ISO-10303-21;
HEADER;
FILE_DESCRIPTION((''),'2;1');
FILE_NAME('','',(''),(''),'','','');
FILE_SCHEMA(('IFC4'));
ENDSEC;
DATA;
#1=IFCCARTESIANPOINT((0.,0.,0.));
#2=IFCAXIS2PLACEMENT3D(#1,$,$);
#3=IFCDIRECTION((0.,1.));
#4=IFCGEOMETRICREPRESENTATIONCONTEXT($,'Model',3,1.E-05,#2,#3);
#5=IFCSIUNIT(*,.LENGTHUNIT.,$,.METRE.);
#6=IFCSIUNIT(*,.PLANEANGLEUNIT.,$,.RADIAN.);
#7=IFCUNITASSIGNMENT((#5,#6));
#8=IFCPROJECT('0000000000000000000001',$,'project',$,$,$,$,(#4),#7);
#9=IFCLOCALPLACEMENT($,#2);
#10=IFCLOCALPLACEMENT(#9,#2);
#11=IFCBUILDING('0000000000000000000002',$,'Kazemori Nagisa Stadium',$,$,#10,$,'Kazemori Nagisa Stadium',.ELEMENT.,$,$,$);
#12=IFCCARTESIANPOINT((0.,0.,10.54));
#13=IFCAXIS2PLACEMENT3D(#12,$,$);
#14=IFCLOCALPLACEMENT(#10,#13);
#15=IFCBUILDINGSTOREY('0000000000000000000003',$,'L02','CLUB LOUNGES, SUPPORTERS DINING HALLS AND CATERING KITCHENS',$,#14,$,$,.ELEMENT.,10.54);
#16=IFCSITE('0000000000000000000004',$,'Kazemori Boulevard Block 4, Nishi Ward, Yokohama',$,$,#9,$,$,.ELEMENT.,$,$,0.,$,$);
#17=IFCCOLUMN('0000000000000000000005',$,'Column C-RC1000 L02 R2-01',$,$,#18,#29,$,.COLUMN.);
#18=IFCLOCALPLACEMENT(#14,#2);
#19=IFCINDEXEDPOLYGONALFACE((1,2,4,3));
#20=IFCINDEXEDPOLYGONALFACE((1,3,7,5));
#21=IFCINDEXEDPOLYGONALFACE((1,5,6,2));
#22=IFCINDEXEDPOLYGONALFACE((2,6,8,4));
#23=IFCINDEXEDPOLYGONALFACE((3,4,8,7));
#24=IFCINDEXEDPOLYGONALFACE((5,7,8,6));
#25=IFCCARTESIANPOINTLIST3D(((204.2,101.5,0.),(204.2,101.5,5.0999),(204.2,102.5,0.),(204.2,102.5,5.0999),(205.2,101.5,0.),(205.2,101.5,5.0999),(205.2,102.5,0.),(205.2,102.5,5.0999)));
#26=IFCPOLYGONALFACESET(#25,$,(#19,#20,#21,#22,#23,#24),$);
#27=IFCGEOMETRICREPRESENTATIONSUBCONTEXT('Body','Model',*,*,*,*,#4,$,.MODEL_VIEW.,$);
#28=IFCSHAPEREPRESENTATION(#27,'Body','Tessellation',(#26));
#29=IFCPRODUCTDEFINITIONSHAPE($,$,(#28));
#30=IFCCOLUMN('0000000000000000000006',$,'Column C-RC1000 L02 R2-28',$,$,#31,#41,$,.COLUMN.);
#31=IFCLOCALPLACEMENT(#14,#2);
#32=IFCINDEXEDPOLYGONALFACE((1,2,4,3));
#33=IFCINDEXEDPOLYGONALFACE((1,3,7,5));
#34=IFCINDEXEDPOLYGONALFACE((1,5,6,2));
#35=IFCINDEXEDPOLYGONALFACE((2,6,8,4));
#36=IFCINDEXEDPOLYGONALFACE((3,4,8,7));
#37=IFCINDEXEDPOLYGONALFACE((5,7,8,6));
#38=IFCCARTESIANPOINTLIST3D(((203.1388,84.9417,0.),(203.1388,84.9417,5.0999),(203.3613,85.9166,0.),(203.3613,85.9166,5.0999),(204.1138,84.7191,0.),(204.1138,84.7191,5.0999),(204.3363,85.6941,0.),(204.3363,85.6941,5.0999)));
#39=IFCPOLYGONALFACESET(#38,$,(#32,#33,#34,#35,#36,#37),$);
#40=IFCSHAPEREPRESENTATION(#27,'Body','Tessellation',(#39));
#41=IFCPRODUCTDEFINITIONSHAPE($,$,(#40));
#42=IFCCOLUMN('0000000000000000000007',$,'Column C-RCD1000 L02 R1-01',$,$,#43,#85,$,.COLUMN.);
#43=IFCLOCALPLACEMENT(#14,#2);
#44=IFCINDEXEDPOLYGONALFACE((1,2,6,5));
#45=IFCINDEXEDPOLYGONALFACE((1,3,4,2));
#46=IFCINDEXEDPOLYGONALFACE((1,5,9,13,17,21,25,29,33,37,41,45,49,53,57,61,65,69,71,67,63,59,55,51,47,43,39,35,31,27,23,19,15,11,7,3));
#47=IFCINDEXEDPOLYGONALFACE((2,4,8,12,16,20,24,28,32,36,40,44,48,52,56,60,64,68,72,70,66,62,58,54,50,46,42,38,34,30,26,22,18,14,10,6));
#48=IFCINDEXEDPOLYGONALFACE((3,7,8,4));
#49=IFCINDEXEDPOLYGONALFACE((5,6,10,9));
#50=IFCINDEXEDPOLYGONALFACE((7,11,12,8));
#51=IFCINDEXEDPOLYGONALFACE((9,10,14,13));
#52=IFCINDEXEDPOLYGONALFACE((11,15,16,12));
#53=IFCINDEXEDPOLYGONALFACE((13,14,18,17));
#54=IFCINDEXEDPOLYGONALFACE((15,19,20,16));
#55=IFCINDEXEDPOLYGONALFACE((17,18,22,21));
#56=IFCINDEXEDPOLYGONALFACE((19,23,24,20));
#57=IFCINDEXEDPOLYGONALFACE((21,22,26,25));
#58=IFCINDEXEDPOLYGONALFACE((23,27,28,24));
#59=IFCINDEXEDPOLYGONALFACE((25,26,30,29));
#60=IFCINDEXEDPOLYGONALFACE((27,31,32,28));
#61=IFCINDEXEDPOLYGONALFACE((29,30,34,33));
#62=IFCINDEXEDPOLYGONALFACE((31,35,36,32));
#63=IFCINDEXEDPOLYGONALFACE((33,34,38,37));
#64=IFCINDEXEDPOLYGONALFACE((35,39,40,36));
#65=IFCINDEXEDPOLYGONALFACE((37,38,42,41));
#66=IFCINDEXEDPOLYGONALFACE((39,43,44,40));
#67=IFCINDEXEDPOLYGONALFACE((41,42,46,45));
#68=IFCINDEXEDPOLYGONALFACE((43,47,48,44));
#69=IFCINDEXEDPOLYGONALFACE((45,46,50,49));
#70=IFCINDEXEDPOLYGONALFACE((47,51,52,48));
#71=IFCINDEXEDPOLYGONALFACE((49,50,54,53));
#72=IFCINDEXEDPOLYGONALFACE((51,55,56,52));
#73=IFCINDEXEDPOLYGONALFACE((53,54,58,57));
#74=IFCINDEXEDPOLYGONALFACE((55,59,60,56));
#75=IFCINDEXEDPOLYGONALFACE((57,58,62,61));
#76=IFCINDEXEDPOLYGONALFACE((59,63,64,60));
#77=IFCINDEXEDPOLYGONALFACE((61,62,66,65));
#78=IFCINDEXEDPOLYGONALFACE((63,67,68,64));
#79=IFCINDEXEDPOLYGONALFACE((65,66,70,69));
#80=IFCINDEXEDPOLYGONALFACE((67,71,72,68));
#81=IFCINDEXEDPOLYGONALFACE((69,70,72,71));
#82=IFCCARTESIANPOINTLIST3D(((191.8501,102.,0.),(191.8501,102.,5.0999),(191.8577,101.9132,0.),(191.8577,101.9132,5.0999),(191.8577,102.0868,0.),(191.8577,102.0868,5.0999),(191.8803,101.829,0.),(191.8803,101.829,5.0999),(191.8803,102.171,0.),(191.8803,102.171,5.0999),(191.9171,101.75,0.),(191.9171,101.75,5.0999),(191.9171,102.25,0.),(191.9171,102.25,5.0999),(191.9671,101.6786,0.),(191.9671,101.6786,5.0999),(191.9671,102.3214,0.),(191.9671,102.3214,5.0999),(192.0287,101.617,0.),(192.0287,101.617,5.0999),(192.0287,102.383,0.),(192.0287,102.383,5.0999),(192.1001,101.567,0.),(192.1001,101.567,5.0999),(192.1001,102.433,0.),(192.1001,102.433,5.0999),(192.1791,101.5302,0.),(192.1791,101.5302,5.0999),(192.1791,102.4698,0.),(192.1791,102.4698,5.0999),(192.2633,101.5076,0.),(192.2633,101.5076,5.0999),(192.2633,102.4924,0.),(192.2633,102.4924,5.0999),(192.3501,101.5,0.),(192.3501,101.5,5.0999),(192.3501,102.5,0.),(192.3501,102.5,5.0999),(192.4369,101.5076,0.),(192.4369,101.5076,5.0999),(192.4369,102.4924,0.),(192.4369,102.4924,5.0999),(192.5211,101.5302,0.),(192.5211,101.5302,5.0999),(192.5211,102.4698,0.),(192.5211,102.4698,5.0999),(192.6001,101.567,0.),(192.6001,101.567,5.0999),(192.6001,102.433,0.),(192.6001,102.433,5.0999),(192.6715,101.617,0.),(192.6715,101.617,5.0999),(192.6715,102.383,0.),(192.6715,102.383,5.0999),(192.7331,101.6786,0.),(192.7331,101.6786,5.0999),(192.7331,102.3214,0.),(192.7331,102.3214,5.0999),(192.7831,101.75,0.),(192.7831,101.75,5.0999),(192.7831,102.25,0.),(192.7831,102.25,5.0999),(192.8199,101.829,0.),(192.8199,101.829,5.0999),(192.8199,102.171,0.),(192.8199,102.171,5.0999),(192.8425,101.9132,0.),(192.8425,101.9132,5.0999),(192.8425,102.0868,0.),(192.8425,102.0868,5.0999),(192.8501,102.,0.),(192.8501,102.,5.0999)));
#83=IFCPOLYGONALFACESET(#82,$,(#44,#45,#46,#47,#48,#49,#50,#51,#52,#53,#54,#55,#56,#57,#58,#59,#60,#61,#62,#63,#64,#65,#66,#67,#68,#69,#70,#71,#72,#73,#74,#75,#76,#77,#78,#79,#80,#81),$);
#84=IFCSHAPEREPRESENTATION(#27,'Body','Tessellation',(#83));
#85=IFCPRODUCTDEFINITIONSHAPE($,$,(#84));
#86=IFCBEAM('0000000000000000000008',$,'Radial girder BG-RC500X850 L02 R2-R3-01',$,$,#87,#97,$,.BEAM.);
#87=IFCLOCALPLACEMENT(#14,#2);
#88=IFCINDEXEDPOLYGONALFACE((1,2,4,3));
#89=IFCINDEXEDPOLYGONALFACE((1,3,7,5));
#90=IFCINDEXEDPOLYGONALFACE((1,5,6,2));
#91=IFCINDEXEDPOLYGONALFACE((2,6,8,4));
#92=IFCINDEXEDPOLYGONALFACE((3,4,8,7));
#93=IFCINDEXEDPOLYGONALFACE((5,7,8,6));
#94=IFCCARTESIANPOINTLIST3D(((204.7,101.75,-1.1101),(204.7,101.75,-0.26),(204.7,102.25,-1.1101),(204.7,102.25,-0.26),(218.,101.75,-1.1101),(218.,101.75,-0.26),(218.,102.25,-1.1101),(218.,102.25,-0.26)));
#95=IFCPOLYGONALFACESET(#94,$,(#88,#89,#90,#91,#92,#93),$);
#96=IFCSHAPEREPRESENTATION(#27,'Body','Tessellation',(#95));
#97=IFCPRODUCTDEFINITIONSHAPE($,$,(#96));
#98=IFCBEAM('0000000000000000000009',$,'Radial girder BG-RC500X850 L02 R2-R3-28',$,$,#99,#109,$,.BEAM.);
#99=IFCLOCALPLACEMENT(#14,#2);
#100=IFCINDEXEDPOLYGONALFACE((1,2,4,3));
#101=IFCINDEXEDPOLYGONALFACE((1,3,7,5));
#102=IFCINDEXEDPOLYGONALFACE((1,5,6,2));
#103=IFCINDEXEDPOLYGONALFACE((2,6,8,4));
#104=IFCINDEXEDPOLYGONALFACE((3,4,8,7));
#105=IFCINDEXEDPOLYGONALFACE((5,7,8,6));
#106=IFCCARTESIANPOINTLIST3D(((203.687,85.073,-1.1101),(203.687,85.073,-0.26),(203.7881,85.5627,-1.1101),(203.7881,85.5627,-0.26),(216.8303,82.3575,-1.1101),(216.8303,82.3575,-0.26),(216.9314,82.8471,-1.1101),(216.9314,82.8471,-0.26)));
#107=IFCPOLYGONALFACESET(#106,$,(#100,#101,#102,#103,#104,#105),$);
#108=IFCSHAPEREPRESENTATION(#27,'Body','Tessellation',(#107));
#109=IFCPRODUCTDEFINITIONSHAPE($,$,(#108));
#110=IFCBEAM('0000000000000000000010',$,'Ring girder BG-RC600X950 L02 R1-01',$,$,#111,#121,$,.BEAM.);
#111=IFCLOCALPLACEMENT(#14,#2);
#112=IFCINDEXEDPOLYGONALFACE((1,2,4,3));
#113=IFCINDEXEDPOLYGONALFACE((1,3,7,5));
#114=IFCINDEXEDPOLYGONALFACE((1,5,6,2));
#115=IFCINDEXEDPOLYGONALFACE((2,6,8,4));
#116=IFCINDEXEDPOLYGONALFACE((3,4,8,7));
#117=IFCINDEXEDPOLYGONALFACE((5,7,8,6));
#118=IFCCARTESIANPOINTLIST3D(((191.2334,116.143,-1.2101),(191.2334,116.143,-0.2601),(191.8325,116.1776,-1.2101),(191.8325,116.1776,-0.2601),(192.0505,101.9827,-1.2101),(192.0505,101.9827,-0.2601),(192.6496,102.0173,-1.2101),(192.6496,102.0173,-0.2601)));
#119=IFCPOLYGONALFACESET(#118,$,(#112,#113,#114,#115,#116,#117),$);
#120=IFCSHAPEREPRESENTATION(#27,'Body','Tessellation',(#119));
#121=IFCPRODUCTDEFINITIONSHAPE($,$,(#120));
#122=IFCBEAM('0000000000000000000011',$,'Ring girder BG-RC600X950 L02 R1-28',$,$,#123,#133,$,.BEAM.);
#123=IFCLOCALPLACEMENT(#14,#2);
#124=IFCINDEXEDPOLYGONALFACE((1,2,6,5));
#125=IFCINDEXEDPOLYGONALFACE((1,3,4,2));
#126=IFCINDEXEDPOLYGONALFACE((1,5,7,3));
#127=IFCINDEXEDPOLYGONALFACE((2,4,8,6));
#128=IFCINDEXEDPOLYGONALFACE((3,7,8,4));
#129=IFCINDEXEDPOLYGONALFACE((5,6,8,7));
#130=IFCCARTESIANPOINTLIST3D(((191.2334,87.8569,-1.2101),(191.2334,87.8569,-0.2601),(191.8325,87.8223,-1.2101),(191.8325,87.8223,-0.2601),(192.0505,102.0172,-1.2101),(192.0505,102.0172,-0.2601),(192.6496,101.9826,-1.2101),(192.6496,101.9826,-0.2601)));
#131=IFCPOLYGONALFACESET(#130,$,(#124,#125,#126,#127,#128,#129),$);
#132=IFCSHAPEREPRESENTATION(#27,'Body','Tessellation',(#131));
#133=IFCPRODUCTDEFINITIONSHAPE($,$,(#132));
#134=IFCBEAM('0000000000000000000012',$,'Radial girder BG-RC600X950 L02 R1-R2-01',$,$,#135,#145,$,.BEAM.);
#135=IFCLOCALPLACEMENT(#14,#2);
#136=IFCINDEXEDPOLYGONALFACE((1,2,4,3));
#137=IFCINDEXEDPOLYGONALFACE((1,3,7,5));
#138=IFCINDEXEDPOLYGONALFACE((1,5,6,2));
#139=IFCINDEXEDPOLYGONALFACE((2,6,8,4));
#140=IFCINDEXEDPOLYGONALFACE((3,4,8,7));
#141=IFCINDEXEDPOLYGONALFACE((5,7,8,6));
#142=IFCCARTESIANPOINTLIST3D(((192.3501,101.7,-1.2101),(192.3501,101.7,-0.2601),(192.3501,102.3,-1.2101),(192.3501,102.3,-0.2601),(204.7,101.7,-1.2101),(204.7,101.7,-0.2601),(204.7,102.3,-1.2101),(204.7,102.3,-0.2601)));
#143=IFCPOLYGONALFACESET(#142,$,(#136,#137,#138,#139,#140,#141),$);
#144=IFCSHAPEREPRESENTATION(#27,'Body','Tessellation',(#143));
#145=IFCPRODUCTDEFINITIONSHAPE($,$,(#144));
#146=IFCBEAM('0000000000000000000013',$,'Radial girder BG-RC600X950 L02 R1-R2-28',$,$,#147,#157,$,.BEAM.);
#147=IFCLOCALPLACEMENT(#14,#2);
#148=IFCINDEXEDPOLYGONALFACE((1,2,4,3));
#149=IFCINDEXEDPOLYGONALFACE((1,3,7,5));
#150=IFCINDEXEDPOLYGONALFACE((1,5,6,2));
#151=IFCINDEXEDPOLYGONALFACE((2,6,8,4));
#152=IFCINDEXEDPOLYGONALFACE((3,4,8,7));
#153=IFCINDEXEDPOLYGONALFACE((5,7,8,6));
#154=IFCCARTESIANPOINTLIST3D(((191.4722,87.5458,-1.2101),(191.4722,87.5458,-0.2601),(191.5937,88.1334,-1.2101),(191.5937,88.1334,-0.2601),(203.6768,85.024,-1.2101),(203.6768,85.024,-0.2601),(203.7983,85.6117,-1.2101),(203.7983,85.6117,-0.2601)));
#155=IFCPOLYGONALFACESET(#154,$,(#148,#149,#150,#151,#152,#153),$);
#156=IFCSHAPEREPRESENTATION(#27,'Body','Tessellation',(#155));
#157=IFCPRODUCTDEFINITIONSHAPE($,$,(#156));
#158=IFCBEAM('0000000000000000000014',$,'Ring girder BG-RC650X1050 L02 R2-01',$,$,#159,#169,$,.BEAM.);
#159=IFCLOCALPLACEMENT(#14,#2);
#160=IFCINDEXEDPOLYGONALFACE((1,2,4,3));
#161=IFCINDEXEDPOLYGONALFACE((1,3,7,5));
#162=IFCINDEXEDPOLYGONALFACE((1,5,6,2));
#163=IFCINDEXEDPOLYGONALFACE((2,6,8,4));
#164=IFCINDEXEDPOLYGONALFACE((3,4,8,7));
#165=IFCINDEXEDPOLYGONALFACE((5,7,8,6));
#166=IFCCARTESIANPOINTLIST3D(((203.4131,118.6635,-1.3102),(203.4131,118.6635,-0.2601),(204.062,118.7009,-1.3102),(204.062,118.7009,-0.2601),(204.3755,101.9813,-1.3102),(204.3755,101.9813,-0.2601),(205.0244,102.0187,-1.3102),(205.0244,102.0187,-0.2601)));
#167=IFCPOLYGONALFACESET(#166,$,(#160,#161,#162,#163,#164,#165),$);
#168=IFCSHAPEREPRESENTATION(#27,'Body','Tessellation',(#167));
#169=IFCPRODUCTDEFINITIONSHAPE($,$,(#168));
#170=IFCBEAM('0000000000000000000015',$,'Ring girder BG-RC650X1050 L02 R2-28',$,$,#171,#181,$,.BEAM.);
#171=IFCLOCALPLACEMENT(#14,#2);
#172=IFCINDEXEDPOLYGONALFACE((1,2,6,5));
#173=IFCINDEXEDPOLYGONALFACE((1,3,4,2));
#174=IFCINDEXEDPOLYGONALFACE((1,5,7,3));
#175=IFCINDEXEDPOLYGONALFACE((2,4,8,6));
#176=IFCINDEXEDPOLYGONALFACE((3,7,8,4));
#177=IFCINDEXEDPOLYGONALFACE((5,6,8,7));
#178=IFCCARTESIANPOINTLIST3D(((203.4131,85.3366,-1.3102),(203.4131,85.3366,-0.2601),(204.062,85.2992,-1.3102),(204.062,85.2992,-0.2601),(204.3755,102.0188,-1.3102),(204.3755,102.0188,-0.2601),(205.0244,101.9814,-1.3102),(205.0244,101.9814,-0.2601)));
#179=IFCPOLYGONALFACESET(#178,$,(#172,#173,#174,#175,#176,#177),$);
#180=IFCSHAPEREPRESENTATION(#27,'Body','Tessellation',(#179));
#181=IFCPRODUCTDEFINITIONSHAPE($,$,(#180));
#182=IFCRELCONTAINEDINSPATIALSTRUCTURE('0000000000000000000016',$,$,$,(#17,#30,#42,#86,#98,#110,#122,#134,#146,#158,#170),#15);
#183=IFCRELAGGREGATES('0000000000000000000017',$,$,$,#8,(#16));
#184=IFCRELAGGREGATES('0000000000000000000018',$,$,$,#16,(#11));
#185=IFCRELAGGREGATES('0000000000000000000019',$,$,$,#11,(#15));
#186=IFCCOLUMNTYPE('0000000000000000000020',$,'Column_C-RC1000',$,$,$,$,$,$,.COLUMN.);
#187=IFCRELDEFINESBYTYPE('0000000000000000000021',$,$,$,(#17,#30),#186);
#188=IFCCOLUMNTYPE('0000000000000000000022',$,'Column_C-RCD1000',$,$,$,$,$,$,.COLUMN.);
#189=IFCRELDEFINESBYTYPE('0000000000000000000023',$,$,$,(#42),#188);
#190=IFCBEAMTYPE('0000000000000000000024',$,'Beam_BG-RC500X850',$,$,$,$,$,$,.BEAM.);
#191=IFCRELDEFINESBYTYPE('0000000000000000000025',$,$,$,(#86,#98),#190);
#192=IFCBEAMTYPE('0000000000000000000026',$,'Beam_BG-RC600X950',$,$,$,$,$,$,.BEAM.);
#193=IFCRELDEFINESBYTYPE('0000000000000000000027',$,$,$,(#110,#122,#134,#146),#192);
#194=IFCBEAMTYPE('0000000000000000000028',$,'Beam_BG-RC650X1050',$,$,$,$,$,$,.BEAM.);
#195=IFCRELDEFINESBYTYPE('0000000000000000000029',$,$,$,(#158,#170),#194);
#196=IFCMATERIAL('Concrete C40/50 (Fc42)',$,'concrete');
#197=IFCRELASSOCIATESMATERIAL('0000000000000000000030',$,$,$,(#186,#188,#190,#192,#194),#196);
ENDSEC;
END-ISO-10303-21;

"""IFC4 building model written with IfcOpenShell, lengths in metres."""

from ifc_helpers import new_model, si_unit, direction, frame, origin, origin_2d, place, context, subcontext, project, spatial, rectangle, circle, extrude, material, material_profile, profile_set, type_object, element, save


model = new_model("IFC4")

# Units and contexts
model_context = context("Model", 3, precision=1e-05, world=origin(), true_north=direction((0.0, 1.0)))
body_context = subcontext(model_context, "Body", "Model", "MODEL_VIEW")
ifc_project = project(units=[si_unit("LENGTHUNIT", "METRE"), si_unit("PLANEANGLEUNIT", "RADIAN")], contexts=[model_context])

# Site, building, storey
site_placement = place(None, origin())
site = spatial("IfcSite", under=ifc_project, at=site_placement, Name="Kazemori Boulevard Block 4, Nishi Ward, Yokohama", CompositionType="ELEMENT", RefElevation=0.0)
building_placement = place(site_placement, origin())
building = spatial("IfcBuilding", under=site, at=building_placement, Name="Kazemori Nagisa Stadium", LongName="Kazemori Nagisa Stadium", CompositionType="ELEMENT")
storey_placement = place(building_placement, frame((0.0, 0.0, 10.54)))
storey = spatial("IfcBuildingStorey", under=building, at=storey_placement, Name="L02", Description="CLUB LOUNGES, SUPPORTERS DINING HALLS AND CATERING KITCHENS", CompositionType="ELEMENT", Elevation=10.54)

# Columns
ifc_material_1 = material(Name="Concrete C40/50 (Fc42)", Category="concrete")
ifc_material_profile_1 = material_profile(ifc_material_1, rectangle(XDim=1.0, YDim=1.0, at=origin_2d()), Name="RC-COL-1000x1000")
ifc_profile_set_1 = profile_set([ifc_material_profile_1], Name="Concrete C40/50 (Fc42)")
column_type_1 = type_object("IfcColumnType", Name="Column_C-RC1000", PredefinedType="COLUMN", material=ifc_profile_set_1)
for number, where, z_axis, x_axis, name in (
    (1, (204.7, 102.0, 0.0), (0.0, 0.0, 1.0), (1.0, 0.0, 0.0), "Column C-RC1000 L02 R2-01"),
    (2, (203.7375, 85.3179, 0.0), (0.0, 0.0, 1.0), (0.974928, -0.222521, 0.0), "Column C-RC1000 L02 R2-28"),
):
    element("IfcColumn", number, at=place(storey_placement, frame(where, z_axis=z_axis, x_axis=x_axis)), inside=storey, type_object=column_type_1, Name=name, PredefinedType="COLUMN", context=body_context, shape_type="SweptSolid", body=[
        extrude(rectangle(XDim=1.0, YDim=1.0, at=origin_2d()), origin(), (0.0, 0.0, 1.0), 5.0999),
    ])
ifc_material_profile_2 = material_profile(ifc_material_1, circle(Radius=0.5, at=origin_2d()), Name="RC-COL-D1000")
ifc_profile_set_2 = profile_set([ifc_material_profile_2], Name="Concrete C40/50 (Fc42)")
column_type_2 = type_object("IfcColumnType", Name="Column_C-RCD1000", PredefinedType="COLUMN", material=ifc_profile_set_2)
for number, where, z_axis, x_axis, name in (
    (3, (192.3501, 102.0, 0.0), (0.0, 0.0, 1.0), (1.0, 0.0, 0.0), "Column C-RCD1000 L02 R1-01"),
):
    element("IfcColumn", number, at=place(storey_placement, frame(where, z_axis=z_axis, x_axis=x_axis)), inside=storey, type_object=column_type_2, Name=name, PredefinedType="COLUMN", context=body_context, shape_type="SweptSolid", body=[
        extrude(circle(Radius=0.5, at=origin_2d()), origin(), (0.0, 0.0, 1.0), 5.0999),
    ])

# Beams
ifc_material_profile_3 = material_profile(ifc_material_1, rectangle(XDim=0.5, YDim=0.8501, at=origin_2d()), Name="RC-BM-500x850")
ifc_profile_set_3 = profile_set([ifc_material_profile_3], Name="Concrete C40/50 (Fc42)")
beam_type_1 = type_object("IfcBeamType", Name="Beam_BG-RC500X850", PredefinedType="BEAM", material=ifc_profile_set_3)
beam_1_placement = place(storey_placement, frame((204.7, 102.0, -0.6851), z_axis=(1.0, 0.0, 0.0), x_axis=(0.0, 1.0, 0.0)))
element("IfcBeam", 4, at=beam_1_placement, inside=storey, type_object=beam_type_1, Name="Radial girder BG-RC500X850 L02 R2-R3-01", PredefinedType="BEAM", context=body_context, shape_type="SweptSolid", body=[
    extrude(rectangle(XDim=0.5, YDim=0.8501, at=origin_2d()), origin(), (0.0, 0.0, 1.0), 13.3),
])
beam_2_placement = place(storey_placement, frame((203.7375, 85.3179, -0.6851), z_axis=(0.979316, -0.202339, 0.0), x_axis=(0.202339, 0.979316, 0.0)))
element("IfcBeam", 5, at=beam_2_placement, inside=storey, type_object=beam_type_1, Name="Radial girder BG-RC500X850 L02 R2-R3-28", PredefinedType="BEAM", context=body_context, shape_type="SweptSolid", body=[
    extrude(rectangle(XDim=0.5, YDim=0.8501, at=origin_2d()), origin(), (0.0, 0.0, 1.0), 13.4209),
])
ifc_material_profile_4 = material_profile(ifc_material_1, rectangle(XDim=0.6001, YDim=0.95, at=origin_2d()), Name="RC-BM-600x950")
ifc_profile_set_4 = profile_set([ifc_material_profile_4], Name="Concrete C40/50 (Fc42)")
beam_type_2 = type_object("IfcBeamType", Name="Beam_BG-RC600X950", PredefinedType="BEAM", material=ifc_profile_set_4)
for number, where, z_axis, x_axis, name in (
    (6, (192.3501, 102.0, -0.7351), (-0.05761, 0.998339, 0.0), (-0.998339, -0.05761, 0.0), "Ring girder BG-RC600X950 L02 R1-01"),
    (7, (191.533, 87.8396, -0.7351), (0.05761, 0.998339, 0.0), (-0.998339, 0.05761, 0.0), "Ring girder BG-RC600X950 L02 R1-28"),
):
    element("IfcBeam", number, at=place(storey_placement, frame(where, z_axis=z_axis, x_axis=x_axis)), inside=storey, type_object=beam_type_2, Name=name, PredefinedType="BEAM", context=body_context, shape_type="SweptSolid", body=[
        extrude(rectangle(XDim=0.6001, YDim=0.95, at=origin_2d()), origin(), (0.0, 0.0, 1.0), 14.1838),
    ])
beam_3_placement = place(storey_placement, frame((192.3501, 102.0, -0.7351), z_axis=(1.0, 0.0, 0.0), x_axis=(0.0, 1.0, 0.0)))
element("IfcBeam", 8, at=beam_3_placement, inside=storey, type_object=beam_type_2, Name="Radial girder BG-RC600X950 L02 R1-R2-01", PredefinedType="BEAM", context=body_context, shape_type="SweptSolid", body=[
    extrude(rectangle(XDim=0.6001, YDim=0.95, at=origin_2d()), origin(), (0.0, 0.0, 1.0), 12.3499),
])
beam_4_placement = place(storey_placement, frame((191.533, 87.8396, -0.7351), z_axis=(0.979314, -0.202347, 0.0), x_axis=(0.202347, 0.979314, 0.0)))
element("IfcBeam", 9, at=beam_4_placement, inside=storey, type_object=beam_type_2, Name="Radial girder BG-RC600X950 L02 R1-R2-28", PredefinedType="BEAM", context=body_context, shape_type="SweptSolid", body=[
    extrude(rectangle(XDim=0.6001, YDim=0.95, at=origin_2d()), origin(), (0.0, 0.0, 1.0), 12.4624),
])
ifc_material_profile_5 = material_profile(ifc_material_1, rectangle(XDim=0.6499, YDim=1.05, at=origin_2d()), Name="RC-BM-650x1050")
ifc_profile_set_5 = profile_set([ifc_material_profile_5], Name="Concrete C40/50 (Fc42)")
beam_type_3 = type_object("IfcBeamType", Name="Beam_BG-RC650X1050", PredefinedType="BEAM", material=ifc_profile_set_5)
for number, where, z_axis, x_axis, name in (
    (10, (204.7, 102.0, -0.7852), (-0.057595, 0.99834, 0.0), (-0.99834, -0.057595, 0.0), "Ring girder BG-RC650X1050 L02 R2-01"),
    (11, (203.7375, 85.3179, -0.7852), (0.057595, 0.99834, 0.0), (-0.99834, 0.057595, 0.0), "Ring girder BG-RC650X1050 L02 R2-28"),
):
    element("IfcBeam", number, at=place(storey_placement, frame(where, z_axis=z_axis, x_axis=x_axis)), inside=storey, type_object=beam_type_3, Name=name, PredefinedType="BEAM", context=body_context, shape_type="SweptSolid", body=[
        extrude(rectangle(XDim=0.6499, YDim=1.05, at=origin_2d()), origin(), (0.0, 0.0, 1.0), 16.71),
    ])

save(model, "model.ifc")
